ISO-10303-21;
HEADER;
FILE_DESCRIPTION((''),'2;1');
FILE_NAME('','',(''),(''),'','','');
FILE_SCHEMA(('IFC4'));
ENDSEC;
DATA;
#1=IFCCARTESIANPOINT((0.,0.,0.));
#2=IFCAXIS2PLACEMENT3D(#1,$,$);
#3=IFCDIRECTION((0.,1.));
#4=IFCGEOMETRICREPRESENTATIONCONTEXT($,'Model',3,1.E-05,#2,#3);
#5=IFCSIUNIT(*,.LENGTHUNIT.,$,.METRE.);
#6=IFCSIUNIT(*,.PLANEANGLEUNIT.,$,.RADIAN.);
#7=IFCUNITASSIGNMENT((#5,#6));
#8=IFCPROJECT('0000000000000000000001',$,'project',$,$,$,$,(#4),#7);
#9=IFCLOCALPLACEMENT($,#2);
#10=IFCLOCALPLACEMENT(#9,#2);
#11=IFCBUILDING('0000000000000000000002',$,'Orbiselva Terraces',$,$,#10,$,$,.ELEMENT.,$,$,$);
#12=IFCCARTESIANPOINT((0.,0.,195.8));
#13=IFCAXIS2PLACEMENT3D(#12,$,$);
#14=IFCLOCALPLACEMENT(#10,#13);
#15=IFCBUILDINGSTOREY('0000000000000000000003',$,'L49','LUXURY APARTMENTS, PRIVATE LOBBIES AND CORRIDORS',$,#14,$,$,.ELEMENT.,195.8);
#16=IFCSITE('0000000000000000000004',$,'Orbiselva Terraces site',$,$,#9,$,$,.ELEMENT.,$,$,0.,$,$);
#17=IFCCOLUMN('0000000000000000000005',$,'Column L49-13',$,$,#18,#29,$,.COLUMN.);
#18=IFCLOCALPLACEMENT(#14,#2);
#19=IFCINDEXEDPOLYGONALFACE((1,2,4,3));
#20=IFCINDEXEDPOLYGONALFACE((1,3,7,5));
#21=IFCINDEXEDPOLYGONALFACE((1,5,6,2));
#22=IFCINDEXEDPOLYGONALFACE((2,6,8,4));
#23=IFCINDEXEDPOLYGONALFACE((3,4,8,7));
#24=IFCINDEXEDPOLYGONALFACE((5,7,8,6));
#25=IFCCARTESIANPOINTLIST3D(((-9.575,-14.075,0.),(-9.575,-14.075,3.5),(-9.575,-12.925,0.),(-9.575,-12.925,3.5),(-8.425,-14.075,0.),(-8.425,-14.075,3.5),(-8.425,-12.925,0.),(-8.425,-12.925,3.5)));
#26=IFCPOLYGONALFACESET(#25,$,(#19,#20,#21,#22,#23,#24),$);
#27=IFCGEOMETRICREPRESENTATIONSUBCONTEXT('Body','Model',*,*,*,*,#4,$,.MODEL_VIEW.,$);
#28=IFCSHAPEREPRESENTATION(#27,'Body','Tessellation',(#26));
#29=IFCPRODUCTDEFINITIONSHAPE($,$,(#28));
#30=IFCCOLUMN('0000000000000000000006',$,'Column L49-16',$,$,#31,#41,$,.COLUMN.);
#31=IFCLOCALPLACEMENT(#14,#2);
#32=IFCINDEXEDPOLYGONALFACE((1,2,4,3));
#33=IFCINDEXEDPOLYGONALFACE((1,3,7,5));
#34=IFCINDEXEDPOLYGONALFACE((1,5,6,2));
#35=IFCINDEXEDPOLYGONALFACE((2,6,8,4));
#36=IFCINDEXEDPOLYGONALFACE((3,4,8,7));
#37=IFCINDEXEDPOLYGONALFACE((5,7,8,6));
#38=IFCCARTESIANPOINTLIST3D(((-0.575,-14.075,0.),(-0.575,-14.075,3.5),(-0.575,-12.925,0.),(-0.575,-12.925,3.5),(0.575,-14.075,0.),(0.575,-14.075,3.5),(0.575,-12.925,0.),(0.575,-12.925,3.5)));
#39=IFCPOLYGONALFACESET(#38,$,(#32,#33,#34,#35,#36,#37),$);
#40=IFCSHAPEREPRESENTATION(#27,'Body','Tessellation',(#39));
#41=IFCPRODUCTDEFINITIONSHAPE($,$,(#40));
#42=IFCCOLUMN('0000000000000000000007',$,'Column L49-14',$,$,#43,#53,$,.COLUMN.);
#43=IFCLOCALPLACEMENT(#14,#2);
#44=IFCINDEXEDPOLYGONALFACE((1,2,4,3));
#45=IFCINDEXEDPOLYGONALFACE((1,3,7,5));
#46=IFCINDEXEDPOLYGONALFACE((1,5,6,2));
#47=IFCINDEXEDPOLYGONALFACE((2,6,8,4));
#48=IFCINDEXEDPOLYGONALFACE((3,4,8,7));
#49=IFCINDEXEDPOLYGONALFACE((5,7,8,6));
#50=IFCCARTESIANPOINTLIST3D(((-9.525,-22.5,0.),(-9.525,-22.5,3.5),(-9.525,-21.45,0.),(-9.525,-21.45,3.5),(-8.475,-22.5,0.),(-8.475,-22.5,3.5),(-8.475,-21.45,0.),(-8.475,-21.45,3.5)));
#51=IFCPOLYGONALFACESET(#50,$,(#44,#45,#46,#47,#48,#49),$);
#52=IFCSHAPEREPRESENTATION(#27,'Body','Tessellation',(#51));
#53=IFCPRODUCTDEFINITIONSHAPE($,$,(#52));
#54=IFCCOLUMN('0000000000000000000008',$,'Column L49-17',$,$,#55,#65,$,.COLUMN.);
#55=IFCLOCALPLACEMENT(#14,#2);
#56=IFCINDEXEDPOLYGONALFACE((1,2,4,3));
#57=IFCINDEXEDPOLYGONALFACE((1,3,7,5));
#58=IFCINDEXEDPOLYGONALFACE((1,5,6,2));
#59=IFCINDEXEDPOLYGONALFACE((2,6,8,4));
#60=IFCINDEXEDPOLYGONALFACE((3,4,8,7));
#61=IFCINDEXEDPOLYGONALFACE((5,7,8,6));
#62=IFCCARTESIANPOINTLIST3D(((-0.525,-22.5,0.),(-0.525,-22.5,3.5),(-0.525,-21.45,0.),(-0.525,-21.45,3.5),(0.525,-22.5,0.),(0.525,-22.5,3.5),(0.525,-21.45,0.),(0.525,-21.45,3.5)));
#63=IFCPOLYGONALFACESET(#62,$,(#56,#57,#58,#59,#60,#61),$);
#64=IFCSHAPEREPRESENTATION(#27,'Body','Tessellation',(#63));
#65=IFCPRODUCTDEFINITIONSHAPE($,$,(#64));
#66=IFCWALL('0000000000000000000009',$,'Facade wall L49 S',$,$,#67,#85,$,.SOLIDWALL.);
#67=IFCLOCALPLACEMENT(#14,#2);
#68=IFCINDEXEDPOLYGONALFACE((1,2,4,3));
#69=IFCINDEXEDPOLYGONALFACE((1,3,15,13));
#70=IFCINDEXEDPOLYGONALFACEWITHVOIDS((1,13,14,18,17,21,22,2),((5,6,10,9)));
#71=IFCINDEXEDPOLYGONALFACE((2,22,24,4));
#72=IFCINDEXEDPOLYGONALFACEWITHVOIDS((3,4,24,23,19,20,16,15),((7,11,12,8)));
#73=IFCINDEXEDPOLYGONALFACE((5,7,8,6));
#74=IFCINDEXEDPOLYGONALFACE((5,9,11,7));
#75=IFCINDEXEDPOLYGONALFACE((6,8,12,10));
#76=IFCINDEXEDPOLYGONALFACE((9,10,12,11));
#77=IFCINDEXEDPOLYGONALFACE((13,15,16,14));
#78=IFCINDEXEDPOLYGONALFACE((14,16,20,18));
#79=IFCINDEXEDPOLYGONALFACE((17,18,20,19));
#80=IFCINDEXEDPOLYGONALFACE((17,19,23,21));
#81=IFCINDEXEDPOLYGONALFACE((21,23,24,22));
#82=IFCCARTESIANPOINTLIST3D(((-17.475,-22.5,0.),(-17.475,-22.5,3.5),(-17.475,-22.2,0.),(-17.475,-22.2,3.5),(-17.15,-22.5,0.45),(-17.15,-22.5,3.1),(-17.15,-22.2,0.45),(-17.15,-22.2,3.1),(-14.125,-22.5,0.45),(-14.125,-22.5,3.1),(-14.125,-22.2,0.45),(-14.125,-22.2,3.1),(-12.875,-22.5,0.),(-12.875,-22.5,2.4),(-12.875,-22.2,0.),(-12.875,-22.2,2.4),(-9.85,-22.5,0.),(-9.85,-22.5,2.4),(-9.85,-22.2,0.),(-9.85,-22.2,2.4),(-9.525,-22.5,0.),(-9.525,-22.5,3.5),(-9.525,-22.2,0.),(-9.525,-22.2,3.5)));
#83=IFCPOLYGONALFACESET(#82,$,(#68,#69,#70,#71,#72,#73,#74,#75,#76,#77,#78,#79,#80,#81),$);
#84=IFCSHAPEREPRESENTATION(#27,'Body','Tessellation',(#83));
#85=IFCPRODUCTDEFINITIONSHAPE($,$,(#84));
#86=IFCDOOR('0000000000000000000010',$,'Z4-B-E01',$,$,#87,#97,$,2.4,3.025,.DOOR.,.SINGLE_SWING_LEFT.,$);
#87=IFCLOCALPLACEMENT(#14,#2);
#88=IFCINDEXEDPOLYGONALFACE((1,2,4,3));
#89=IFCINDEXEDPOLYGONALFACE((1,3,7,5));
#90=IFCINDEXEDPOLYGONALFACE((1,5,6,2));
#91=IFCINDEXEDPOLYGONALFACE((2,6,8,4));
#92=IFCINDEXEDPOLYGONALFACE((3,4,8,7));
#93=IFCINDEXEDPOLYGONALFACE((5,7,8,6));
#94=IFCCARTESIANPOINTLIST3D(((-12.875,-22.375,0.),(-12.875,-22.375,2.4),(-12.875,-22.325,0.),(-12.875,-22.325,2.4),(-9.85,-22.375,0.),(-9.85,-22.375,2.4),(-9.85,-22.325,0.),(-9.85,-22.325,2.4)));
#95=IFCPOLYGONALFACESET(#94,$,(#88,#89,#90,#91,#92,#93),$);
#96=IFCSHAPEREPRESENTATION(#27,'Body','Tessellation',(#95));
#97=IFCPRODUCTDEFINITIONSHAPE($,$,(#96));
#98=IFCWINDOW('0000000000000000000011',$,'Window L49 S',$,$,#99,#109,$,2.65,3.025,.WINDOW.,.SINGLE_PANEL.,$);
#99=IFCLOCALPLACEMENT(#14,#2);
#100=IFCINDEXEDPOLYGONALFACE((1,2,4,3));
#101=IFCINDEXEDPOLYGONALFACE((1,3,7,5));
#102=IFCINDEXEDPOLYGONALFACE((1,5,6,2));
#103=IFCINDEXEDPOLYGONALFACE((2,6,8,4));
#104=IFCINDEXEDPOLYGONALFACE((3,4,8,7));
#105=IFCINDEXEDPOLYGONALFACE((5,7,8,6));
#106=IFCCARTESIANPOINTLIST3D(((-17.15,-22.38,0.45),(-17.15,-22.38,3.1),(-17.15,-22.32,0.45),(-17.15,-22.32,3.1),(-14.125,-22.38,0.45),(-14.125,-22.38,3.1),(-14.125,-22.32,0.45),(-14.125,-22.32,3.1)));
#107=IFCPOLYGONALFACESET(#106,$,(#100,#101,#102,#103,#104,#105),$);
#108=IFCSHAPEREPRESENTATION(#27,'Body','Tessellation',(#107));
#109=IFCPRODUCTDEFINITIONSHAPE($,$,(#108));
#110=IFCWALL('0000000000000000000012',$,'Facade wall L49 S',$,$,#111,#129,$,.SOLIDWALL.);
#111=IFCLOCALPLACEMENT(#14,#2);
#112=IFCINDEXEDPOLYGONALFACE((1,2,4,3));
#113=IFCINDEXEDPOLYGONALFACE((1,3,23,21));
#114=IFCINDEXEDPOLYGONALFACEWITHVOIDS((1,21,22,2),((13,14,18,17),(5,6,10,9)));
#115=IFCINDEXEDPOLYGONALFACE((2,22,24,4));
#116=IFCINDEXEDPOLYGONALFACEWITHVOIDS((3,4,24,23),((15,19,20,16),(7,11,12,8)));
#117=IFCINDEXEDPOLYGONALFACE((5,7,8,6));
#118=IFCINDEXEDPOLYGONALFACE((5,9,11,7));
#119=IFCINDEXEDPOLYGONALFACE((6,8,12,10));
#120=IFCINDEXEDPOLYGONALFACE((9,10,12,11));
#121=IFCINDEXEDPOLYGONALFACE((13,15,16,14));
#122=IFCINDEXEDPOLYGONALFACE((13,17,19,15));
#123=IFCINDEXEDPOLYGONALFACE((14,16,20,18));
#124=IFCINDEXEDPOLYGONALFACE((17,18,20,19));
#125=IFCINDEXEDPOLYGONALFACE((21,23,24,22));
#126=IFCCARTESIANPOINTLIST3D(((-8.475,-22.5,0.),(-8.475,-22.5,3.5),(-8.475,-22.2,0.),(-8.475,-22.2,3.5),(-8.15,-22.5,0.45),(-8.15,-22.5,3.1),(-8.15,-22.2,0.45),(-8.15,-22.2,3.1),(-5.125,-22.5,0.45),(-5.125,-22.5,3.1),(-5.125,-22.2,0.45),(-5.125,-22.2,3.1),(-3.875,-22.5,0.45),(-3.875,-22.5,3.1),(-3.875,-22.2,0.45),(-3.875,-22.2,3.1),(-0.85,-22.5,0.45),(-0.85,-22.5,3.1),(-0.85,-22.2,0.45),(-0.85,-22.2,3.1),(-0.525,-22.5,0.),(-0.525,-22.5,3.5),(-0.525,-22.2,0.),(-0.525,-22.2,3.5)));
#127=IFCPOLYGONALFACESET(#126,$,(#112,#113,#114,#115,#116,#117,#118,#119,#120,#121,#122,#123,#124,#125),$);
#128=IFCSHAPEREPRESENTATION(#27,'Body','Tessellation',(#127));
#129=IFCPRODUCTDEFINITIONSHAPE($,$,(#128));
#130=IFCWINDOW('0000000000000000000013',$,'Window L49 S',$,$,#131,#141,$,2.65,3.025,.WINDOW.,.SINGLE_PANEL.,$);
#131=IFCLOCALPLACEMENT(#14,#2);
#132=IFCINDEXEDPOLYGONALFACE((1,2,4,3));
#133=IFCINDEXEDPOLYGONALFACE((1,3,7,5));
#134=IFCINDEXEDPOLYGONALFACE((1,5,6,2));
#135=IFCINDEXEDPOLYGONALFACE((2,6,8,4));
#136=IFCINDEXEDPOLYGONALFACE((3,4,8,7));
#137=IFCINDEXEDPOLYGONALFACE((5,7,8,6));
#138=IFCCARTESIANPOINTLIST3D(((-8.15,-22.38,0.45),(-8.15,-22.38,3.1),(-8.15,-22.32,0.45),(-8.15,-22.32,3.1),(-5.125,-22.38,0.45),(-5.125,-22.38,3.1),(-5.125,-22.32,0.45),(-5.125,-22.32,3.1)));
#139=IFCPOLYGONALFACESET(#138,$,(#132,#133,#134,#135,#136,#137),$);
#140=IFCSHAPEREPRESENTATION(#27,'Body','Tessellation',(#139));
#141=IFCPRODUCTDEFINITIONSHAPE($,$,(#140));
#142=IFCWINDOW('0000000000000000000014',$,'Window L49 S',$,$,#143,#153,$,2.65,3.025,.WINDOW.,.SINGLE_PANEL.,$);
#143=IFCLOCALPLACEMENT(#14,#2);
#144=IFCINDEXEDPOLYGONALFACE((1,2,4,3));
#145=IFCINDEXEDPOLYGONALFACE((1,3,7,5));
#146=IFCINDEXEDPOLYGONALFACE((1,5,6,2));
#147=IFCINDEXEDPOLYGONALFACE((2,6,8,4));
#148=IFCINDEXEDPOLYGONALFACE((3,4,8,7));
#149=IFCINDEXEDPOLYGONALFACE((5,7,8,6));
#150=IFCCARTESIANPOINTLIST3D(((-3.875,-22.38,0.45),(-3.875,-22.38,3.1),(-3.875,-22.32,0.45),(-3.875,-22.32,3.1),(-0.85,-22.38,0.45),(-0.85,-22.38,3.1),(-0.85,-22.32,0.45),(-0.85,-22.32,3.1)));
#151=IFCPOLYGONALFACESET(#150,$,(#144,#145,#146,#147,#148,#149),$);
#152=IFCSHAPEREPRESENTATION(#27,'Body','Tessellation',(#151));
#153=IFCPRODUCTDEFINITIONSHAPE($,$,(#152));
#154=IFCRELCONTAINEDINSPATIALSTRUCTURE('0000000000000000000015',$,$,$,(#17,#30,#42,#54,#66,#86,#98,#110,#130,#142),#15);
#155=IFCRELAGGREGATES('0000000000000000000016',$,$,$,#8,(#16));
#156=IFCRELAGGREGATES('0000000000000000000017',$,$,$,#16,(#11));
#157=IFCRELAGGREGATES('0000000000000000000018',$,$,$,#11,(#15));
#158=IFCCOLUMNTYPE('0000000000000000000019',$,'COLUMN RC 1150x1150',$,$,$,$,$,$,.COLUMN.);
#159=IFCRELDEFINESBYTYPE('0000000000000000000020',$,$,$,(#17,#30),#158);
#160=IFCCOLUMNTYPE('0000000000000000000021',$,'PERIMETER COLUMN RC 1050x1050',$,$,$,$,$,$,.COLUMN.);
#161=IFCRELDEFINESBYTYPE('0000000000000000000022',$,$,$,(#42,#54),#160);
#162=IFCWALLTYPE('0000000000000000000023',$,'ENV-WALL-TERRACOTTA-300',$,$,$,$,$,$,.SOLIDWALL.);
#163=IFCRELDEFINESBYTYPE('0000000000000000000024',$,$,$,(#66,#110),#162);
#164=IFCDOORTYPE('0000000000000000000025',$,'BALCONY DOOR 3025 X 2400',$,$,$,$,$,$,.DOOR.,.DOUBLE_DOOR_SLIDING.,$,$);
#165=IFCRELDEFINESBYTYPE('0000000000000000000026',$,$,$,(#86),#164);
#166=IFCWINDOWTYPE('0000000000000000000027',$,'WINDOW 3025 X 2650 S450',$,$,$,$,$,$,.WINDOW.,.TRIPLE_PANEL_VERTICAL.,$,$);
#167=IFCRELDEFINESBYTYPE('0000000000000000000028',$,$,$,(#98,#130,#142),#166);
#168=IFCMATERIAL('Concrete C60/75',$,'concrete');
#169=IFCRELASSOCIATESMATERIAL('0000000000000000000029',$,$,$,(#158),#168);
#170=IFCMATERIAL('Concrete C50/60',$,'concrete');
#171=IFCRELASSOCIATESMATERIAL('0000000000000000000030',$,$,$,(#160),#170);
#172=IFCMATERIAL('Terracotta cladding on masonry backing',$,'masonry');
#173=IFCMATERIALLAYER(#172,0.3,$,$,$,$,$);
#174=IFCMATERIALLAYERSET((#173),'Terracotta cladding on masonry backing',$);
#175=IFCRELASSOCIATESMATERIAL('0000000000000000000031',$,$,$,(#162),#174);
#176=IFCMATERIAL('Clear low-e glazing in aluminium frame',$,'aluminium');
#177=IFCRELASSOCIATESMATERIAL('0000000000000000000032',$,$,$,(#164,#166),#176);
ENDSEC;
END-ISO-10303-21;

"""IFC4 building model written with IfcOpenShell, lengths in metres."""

from ifc_helpers import new_model, si_unit, direction, frame, frame_2d, origin, origin_2d, place, context, subcontext, project, spatial, rectangle, extrude, material, layer, layer_set, material_profile, profile_set, type_object, element, fill, save


model = new_model("IFC4")

# Units and contexts
model_context = context("Model", 3, precision=1e-05, world=origin(), true_north=direction((0.0, 1.0)))
body_context = subcontext(model_context, "Body", "Model", "MODEL_VIEW")
ifc_project = project(units=[si_unit("LENGTHUNIT", "METRE"), si_unit("PLANEANGLEUNIT", "RADIAN")], contexts=[model_context])

# Site, building, storey
site_placement = place(None, origin())
site = spatial("IfcSite", under=ifc_project, at=site_placement, Name="Orbiselva Terraces site", CompositionType="ELEMENT", RefElevation=0.0)
building_placement = place(site_placement, origin())
building = spatial("IfcBuilding", under=site, at=building_placement, Name="Orbiselva Terraces", CompositionType="ELEMENT")
storey_placement = place(building_placement, frame((0.0, 0.0, 195.8)))
storey = spatial("IfcBuildingStorey", under=building, at=storey_placement, Name="L49", Description="LUXURY APARTMENTS, PRIVATE LOBBIES AND CORRIDORS", CompositionType="ELEMENT", Elevation=195.8)

# Columns
ifc_material_1 = material(Name="Concrete C60/75", Category="concrete")
ifc_material_profile_1 = material_profile(ifc_material_1, rectangle(XDim=1.15, YDim=1.15, at=origin_2d()), Name="RC 1150x1150")
ifc_profile_set_1 = profile_set([ifc_material_profile_1], Name="Concrete C60/75")
column_type_1 = type_object("IfcColumnType", Name="COLUMN RC 1150x1150", PredefinedType="COLUMN", material=ifc_profile_set_1)
for number, where, z_axis, x_axis, name in (
    (1, (-9.0, -13.5, 0.0), (0.0, 0.0, 1.0), (1.0, 0.0, 0.0), "Column L49-13"),
    (2, (0.0, -13.5, 0.0), (0.0, 0.0, 1.0), (1.0, 0.0, 0.0), "Column L49-16"),
):
    element("IfcColumn", number, at=place(storey_placement, frame(where, z_axis=z_axis, x_axis=x_axis)), inside=storey, type_object=column_type_1, Name=name, PredefinedType="COLUMN", context=body_context, shape_type="SweptSolid", body=[
        extrude(rectangle(XDim=1.15, YDim=1.15, at=origin_2d()), origin(), (0.0, 0.0, 1.0), 3.5),
    ])
ifc_material_2 = material(Name="Concrete C50/60", Category="concrete")
ifc_material_profile_2 = material_profile(ifc_material_2, rectangle(XDim=1.05, YDim=1.05, at=origin_2d()), Name="RC 1050x1050")
ifc_profile_set_2 = profile_set([ifc_material_profile_2], Name="Concrete C50/60")
column_type_2 = type_object("IfcColumnType", Name="PERIMETER COLUMN RC 1050x1050", PredefinedType="COLUMN", material=ifc_profile_set_2)
for number, where, z_axis, x_axis, name in (
    (3, (-9.0, -21.975, 0.0), (0.0, 0.0, 1.0), (1.0, 0.0, 0.0), "Column L49-14"),
    (4, (0.0, -21.975, 0.0), (0.0, 0.0, 1.0), (1.0, 0.0, 0.0), "Column L49-17"),
):
    element("IfcColumn", number, at=place(storey_placement, frame(where, z_axis=z_axis, x_axis=x_axis)), inside=storey, type_object=column_type_2, Name=name, PredefinedType="COLUMN", context=body_context, shape_type="SweptSolid", body=[
        extrude(rectangle(XDim=1.05, YDim=1.05, at=origin_2d()), origin(), (0.0, 0.0, 1.0), 3.5),
    ])

# Wall, openings, door, window
ifc_material_3 = material(Name="Terracotta cladding on masonry backing", Category="masonry")
ifc_layer_1 = layer(ifc_material_3, 0.3)
ifc_layer_set_1 = layer_set([ifc_layer_1], Name="Terracotta cladding on masonry backing")
wall_type_1 = type_object("IfcWallType", Name="ENV-WALL-TERRACOTTA-300", PredefinedType="SOLIDWALL", material=ifc_layer_set_1)
wall_1_placement = place(storey_placement, frame((-9.525, -22.35, 0.0), z_axis=(0.0, 0.0, 1.0), x_axis=(-1.0, 0.0, 0.0)))
wall_1 = element("IfcWall", 5, at=wall_1_placement, inside=storey, type_object=wall_type_1, Name="Facade wall L49 S", PredefinedType="SOLIDWALL", context=body_context, shape_type="SweptSolid", body=[
    extrude(rectangle(XDim=7.95, YDim=0.3, at=frame_2d((3.975, 0.0))), origin(), (0.0, 0.0, 1.0), 3.5),
])
opening_1_placement = place(wall_1_placement, frame((4.6, 0.0, 0.45)))
opening_1 = element("IfcOpeningElement", 6, at=opening_1_placement, cuts=wall_1, PredefinedType="OPENING", context=body_context, shape_type="SweptSolid", body=[
    extrude(rectangle(XDim=3.025, YDim=2.65, at=frame_2d((1.5125, 1.325))), frame((0.0, 0.16, 0.0), z_axis=(0.0, -1.0, 0.0), x_axis=(1.0, 0.0, 0.0)), (0.0, 0.0, 1.0), 0.32),
])
opening_2_placement = place(wall_1_placement, frame((0.325, 0.0, 0.0)))
opening_2 = element("IfcOpeningElement", 7, at=opening_2_placement, cuts=wall_1, PredefinedType="OPENING", context=body_context, shape_type="SweptSolid", body=[
    extrude(rectangle(XDim=3.025, YDim=2.4, at=frame_2d((1.5125, 1.2))), frame((0.0, 0.16, 0.0), z_axis=(0.0, -1.0, 0.0), x_axis=(1.0, 0.0, 0.0)), (0.0, 0.0, 1.0), 0.32),
])
ifc_material_4 = material(Name="Clear low-e glazing in aluminium frame", Category="aluminium")
door_type_1 = type_object("IfcDoorType", Name="BALCONY DOOR 3025 X 2400", OperationType="DOUBLE_DOOR_SLIDING", PredefinedType="DOOR", material=ifc_material_4)
door_1_placement = place(opening_2_placement, origin())
door_1 = element("IfcDoor", 8, at=door_1_placement, inside=storey, type_object=door_type_1, Name="Z4-B-E01", OperationType="SINGLE_SWING_LEFT", OverallHeight=2.4, OverallWidth=3.025, PredefinedType="DOOR", context=body_context, shape_type="SweptSolid", body=[
    extrude(rectangle(XDim=3.025, YDim=2.4, at=frame_2d((1.5125, 1.2))), frame((0.0, 0.025, 0.0), z_axis=(0.0, -1.0, 0.0), x_axis=(1.0, 0.0, 0.0)), (0.0, 0.0, 1.0), 0.05),
])
fill(opening_2, door_1)
window_type = type_object("IfcWindowType", Name="WINDOW 3025 X 2650 S450", PartitioningType="TRIPLE_PANEL_VERTICAL", PredefinedType="WINDOW", material=ifc_material_4)
window_1_placement = place(opening_1_placement, origin())
window_1 = element("IfcWindow", 9, at=window_1_placement, inside=storey, type_object=window_type, Name="Window L49 S", OverallHeight=2.65, OverallWidth=3.025, PartitioningType="SINGLE_PANEL", PredefinedType="WINDOW", context=body_context, shape_type="SweptSolid", body=[
    extrude(rectangle(XDim=3.025, YDim=2.65, at=frame_2d((1.5125, 1.325))), frame((0.0, 0.03, 0.0), z_axis=(0.0, -1.0, 0.0), x_axis=(1.0, 0.0, 0.0)), (0.0, 0.0, 1.0), 0.06),
])
fill(opening_1, window_1)

# Wall, openings, windows
wall_2_placement = place(storey_placement, frame((-0.525, -22.35, 0.0), z_axis=(0.0, 0.0, 1.0), x_axis=(-1.0, 0.0, 0.0)))
wall_2 = element("IfcWall", 10, at=wall_2_placement, inside=storey, type_object=wall_type_1, Name="Facade wall L49 S", PredefinedType="SOLIDWALL", context=body_context, shape_type="SweptSolid", body=[
    extrude(rectangle(XDim=7.95, YDim=0.3, at=frame_2d((3.975, 0.0))), origin(), (0.0, 0.0, 1.0), 3.5),
])
opening_3_placement = place(wall_2_placement, frame((4.6, 0.0, 0.45)))
opening_3 = element("IfcOpeningElement", 11, at=opening_3_placement, cuts=wall_2, PredefinedType="OPENING", context=body_context, shape_type="SweptSolid", body=[
    extrude(rectangle(XDim=3.025, YDim=2.65, at=frame_2d((1.5125, 1.325))), frame((0.0, 0.16, 0.0), z_axis=(0.0, -1.0, 0.0), x_axis=(1.0, 0.0, 0.0)), (0.0, 0.0, 1.0), 0.32),
])
opening_4_placement = place(wall_2_placement, frame((0.325, 0.0, 0.45)))
opening_4 = element("IfcOpeningElement", 12, at=opening_4_placement, cuts=wall_2, PredefinedType="OPENING", context=body_context, shape_type="SweptSolid", body=[
    extrude(rectangle(XDim=3.025, YDim=2.65, at=frame_2d((1.5125, 1.325))), frame((0.0, 0.16, 0.0), z_axis=(0.0, -1.0, 0.0), x_axis=(1.0, 0.0, 0.0)), (0.0, 0.0, 1.0), 0.32),
])
window_2_placement = place(opening_3_placement, origin())
window_2 = element("IfcWindow", 13, at=window_2_placement, inside=storey, type_object=window_type, Name="Window L49 S", OverallHeight=2.65, OverallWidth=3.025, PartitioningType="SINGLE_PANEL", PredefinedType="WINDOW", context=body_context, shape_type="SweptSolid", body=[
    extrude(rectangle(XDim=3.025, YDim=2.65, at=frame_2d((1.5125, 1.325))), frame((0.0, 0.03, 0.0), z_axis=(0.0, -1.0, 0.0), x_axis=(1.0, 0.0, 0.0)), (0.0, 0.0, 1.0), 0.06),
])
fill(opening_3, window_2)
window_3_placement = place(opening_4_placement, origin())
window_3 = element("IfcWindow", 14, at=window_3_placement, inside=storey, type_object=window_type, Name="Window L49 S", OverallHeight=2.65, OverallWidth=3.025, PartitioningType="SINGLE_PANEL", PredefinedType="WINDOW", context=body_context, shape_type="SweptSolid", body=[
    extrude(rectangle(XDim=3.025, YDim=2.65, at=frame_2d((1.5125, 1.325))), frame((0.0, 0.03, 0.0), z_axis=(0.0, -1.0, 0.0), x_axis=(1.0, 0.0, 0.0)), (0.0, 0.0, 1.0), 0.06),
])
fill(opening_4, window_3)

save(model, "model.ifc")
